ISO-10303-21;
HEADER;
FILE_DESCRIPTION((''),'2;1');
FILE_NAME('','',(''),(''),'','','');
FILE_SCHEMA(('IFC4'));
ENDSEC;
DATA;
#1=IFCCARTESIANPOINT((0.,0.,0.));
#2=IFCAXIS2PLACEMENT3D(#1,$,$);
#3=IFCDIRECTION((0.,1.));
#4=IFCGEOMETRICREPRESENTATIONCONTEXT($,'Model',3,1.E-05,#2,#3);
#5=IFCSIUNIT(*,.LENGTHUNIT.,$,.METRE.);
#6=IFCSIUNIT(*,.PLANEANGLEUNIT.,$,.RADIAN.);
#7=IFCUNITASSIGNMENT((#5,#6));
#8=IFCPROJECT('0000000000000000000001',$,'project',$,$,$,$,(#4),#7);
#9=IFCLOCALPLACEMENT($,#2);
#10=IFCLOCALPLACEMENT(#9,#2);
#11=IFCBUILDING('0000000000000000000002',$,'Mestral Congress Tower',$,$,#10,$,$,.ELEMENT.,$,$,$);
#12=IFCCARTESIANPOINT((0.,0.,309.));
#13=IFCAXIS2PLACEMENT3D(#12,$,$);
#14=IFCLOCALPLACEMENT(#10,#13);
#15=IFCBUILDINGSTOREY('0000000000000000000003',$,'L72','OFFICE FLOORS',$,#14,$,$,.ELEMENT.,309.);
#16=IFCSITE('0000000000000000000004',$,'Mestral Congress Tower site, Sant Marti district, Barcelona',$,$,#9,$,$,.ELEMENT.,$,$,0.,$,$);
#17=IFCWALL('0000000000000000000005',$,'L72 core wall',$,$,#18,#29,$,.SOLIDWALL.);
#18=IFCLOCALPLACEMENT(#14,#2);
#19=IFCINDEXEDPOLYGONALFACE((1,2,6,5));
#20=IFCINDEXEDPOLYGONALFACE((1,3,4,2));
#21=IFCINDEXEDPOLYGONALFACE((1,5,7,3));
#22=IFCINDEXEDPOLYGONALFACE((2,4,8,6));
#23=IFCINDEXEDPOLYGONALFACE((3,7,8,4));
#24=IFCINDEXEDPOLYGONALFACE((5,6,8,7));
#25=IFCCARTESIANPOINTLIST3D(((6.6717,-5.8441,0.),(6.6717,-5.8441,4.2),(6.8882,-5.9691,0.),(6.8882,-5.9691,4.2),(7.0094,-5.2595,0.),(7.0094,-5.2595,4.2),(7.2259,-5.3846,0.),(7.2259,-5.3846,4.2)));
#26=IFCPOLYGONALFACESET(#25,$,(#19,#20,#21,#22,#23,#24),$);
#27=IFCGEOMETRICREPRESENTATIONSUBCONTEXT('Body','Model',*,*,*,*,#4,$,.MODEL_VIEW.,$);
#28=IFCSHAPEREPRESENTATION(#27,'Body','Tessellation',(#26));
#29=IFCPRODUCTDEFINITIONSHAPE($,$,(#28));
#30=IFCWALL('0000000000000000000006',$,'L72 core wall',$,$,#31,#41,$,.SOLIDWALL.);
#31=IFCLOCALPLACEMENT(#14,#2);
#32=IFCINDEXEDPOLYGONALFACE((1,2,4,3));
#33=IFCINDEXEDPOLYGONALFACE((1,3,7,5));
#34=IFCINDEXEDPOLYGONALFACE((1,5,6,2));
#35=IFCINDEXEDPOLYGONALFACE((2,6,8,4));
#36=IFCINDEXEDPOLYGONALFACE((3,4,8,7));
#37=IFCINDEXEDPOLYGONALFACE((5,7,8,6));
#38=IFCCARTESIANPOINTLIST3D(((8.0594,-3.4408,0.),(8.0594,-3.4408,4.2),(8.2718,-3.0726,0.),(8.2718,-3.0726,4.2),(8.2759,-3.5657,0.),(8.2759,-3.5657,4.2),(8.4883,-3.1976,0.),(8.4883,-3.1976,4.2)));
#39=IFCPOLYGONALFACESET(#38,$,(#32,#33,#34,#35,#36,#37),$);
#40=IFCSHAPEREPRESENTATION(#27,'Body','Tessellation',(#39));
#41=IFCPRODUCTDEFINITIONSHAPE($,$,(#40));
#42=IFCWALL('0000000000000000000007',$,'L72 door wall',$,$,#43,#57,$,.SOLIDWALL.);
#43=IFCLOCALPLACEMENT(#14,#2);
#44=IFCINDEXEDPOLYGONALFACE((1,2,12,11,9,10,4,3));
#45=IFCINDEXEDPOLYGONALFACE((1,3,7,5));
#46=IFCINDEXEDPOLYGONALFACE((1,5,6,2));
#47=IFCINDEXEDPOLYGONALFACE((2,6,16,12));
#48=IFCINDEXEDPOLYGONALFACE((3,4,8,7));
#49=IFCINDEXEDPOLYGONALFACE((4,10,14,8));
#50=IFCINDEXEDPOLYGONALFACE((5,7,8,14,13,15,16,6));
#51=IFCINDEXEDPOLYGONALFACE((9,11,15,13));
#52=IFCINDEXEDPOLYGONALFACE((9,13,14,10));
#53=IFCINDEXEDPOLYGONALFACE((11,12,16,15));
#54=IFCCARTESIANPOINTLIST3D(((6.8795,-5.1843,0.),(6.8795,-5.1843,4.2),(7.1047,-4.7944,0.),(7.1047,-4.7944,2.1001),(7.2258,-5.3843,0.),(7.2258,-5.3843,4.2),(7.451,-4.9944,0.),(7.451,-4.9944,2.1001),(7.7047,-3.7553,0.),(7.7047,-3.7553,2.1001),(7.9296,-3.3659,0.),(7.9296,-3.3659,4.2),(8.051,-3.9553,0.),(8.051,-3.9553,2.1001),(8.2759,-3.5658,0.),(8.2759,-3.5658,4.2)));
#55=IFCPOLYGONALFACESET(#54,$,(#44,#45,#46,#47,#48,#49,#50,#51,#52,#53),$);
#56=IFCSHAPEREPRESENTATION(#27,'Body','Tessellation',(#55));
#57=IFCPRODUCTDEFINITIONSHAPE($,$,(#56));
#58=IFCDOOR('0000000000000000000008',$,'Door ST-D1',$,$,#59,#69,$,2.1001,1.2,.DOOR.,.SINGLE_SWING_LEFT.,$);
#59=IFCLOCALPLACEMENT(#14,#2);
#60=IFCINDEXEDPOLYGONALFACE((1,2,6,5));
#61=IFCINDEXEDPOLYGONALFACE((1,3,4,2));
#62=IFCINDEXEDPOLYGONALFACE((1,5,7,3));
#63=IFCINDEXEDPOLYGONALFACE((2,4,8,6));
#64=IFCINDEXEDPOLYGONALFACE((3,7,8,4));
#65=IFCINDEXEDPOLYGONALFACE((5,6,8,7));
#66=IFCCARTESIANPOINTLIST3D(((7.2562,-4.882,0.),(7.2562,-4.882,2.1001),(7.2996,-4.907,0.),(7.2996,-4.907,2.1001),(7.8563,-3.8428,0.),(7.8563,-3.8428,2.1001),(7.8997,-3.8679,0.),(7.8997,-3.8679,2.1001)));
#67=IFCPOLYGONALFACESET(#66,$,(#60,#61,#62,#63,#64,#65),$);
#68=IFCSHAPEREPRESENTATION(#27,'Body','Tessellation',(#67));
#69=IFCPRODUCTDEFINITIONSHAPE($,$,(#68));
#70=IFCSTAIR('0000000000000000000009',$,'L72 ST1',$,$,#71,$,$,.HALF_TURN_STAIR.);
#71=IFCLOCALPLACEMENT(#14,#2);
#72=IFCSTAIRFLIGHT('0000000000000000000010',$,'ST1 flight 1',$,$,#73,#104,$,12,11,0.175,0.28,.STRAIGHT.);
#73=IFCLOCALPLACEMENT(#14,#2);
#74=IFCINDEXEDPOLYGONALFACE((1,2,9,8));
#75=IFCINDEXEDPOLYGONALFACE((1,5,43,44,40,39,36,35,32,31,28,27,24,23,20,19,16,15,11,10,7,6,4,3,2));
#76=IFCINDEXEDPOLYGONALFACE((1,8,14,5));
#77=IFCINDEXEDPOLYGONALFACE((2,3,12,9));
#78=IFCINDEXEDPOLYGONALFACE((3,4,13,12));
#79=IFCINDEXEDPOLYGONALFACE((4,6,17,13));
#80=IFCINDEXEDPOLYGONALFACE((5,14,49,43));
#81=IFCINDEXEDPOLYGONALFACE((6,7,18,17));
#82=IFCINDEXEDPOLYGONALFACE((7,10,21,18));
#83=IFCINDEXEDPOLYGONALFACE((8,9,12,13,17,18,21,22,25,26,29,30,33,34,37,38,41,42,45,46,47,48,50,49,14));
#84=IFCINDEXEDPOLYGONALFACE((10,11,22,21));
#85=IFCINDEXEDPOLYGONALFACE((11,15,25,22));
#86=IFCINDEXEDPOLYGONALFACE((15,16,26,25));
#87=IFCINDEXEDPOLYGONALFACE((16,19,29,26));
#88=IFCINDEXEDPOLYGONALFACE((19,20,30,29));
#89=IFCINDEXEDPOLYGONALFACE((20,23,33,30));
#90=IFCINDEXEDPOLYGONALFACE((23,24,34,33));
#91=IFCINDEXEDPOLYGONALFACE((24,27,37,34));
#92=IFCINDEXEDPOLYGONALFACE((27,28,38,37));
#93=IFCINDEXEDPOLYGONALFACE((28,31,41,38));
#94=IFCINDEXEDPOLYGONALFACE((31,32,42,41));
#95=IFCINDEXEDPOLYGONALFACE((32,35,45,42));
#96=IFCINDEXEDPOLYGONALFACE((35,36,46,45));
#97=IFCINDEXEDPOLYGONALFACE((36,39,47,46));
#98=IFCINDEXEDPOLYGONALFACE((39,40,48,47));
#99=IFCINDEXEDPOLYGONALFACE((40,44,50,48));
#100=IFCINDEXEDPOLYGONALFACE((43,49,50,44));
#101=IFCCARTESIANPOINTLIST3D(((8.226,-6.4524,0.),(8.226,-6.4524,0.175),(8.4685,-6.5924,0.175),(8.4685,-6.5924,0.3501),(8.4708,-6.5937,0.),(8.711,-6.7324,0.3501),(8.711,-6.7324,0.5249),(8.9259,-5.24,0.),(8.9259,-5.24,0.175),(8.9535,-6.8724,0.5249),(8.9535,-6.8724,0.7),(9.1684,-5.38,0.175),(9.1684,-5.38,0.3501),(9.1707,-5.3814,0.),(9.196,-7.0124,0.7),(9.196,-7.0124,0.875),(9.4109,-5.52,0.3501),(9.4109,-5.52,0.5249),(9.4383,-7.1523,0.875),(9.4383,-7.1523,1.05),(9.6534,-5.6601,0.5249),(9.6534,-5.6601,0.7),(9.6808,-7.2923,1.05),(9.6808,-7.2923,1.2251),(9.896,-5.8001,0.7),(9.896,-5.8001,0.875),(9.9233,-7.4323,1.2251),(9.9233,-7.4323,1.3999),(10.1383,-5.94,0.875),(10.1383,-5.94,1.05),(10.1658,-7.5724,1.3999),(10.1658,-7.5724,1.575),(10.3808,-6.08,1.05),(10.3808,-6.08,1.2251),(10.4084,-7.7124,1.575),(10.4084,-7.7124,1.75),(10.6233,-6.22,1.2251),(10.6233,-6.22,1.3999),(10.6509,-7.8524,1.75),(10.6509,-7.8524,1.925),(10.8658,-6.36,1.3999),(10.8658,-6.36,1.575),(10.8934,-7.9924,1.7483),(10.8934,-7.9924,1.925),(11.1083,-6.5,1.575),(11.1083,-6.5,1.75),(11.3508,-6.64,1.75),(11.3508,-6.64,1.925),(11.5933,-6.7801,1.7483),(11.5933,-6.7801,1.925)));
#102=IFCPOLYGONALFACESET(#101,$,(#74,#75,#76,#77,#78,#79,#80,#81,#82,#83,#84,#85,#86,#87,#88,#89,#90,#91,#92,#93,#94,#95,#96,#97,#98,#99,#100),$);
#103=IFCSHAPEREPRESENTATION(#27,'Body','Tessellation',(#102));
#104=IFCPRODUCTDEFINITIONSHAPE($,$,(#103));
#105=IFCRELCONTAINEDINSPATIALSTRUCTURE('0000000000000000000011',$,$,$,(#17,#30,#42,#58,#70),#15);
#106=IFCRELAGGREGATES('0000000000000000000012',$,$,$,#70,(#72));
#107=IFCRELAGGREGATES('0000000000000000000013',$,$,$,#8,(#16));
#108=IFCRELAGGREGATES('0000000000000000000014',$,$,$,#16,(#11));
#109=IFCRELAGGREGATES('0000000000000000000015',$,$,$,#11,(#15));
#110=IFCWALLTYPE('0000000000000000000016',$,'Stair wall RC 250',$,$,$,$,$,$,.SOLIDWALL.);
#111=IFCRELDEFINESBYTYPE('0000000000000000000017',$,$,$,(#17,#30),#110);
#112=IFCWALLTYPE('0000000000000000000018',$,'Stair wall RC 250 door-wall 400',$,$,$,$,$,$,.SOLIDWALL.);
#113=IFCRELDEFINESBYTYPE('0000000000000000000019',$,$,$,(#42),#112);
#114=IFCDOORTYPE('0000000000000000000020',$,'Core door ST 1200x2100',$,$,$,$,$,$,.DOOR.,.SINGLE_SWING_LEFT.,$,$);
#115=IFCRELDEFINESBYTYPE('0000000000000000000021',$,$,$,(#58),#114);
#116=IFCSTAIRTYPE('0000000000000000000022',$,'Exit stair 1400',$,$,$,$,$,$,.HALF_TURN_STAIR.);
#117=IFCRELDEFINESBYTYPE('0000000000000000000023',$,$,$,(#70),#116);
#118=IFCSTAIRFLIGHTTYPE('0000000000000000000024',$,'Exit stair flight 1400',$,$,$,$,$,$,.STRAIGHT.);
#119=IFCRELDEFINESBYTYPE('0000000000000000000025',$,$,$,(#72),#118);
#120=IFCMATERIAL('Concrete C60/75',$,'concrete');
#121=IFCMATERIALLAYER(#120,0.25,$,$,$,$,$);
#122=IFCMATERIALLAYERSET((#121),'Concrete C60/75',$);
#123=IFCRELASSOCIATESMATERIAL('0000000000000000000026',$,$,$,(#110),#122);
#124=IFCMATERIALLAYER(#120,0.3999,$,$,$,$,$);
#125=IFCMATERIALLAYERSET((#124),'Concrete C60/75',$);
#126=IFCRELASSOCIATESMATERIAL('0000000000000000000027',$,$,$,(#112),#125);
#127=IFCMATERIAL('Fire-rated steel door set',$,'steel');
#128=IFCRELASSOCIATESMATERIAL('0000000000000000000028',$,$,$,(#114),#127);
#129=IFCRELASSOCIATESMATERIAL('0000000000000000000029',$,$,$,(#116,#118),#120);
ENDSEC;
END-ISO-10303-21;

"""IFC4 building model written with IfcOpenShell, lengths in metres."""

from ifc_helpers import new_model, si_unit, direction, frame, frame_2d, origin, place, context, subcontext, project, spatial, polyline, rectangle, outline, extrude, material, layer, layer_set, type_object, element, fill, aggregate, save


model = new_model("IFC4")

# Units and contexts
model_context = context("Model", 3, precision=1e-05, world=origin(), true_north=direction((0.0, 1.0)))
body_context = subcontext(model_context, "Body", "Model", "MODEL_VIEW")
ifc_project = project(units=[si_unit("LENGTHUNIT", "METRE"), si_unit("PLANEANGLEUNIT", "RADIAN")], contexts=[model_context])

# Site, building, storey
site_placement = place(None, origin())
site = spatial("IfcSite", under=ifc_project, at=site_placement, Name="Mestral Congress Tower site, Sant Marti district, Barcelona", CompositionType="ELEMENT", RefElevation=0.0)
building_placement = place(site_placement, origin())
building = spatial("IfcBuilding", under=site, at=building_placement, Name="Mestral Congress Tower", CompositionType="ELEMENT")
storey_placement = place(building_placement, frame((0.0, 0.0, 309.0)))
storey = spatial("IfcBuildingStorey", under=building, at=storey_placement, Name="L72", Description="OFFICE FLOORS", CompositionType="ELEMENT", Elevation=309.0)

# Shared definitions
ifc_material_1 = material(Name="Fire-rated steel door set", Category="steel")

# Shared definitions
ifc_material_2 = material(Name="Concrete C60/75", Category="concrete")

# Walls
ifc_layer_1 = layer(ifc_material_2, 0.25)
ifc_layer_set_1 = layer_set([ifc_layer_1], Name="Concrete C60/75")
wall_type_1 = type_object("IfcWallType", Name="Stair wall RC 250", PredefinedType="SOLIDWALL", material=ifc_layer_set_1)
wall_1_placement = place(storey_placement, frame((6.78, -5.9065, 0.0), z_axis=(0.0, 0.0, 1.0), x_axis=(0.500223, 0.865896, 0.0)))
element("IfcWall", 1, at=wall_1_placement, inside=storey, type_object=wall_type_1, Name="L72 core wall", PredefinedType="SOLIDWALL", context=body_context, shape_type="SweptSolid", body=[
    extrude(rectangle(XDim=0.675, YDim=0.25, at=frame_2d((0.3374, 0.0))), origin(), (0.0, 0.0, 1.0), 4.2),
])
wall_2_placement = place(storey_placement, frame((8.1677, -3.5032, 0.0), z_axis=(0.0, 0.0, 1.0), x_axis=(0.499722, 0.866186, 0.0)))
element("IfcWall", 2, at=wall_2_placement, inside=storey, type_object=wall_type_1, Name="L72 core wall", PredefinedType="SOLIDWALL", context=body_context, shape_type="SweptSolid", body=[
    extrude(rectangle(XDim=0.425, YDim=0.25, at=frame_2d((0.2124, 0.0))), origin(), (0.0, 0.0, 1.0), 4.2),
])

# Wall, opening, door
ifc_layer_2 = layer(ifc_material_2, 0.3999)
ifc_layer_set_2 = layer_set([ifc_layer_2], Name="Concrete C60/75")
wall_type_2 = type_object("IfcWallType", Name="Stair wall RC 250 door-wall 400", PredefinedType="SOLIDWALL", material=ifc_layer_set_2)
wall_3_placement = place(storey_placement, frame((7.0527, -5.2842, 0.0), z_axis=(0.0, 0.0, 1.0), x_axis=(0.500078, 0.86598, 0.0)))
wall_3 = element("IfcWall", 3, at=wall_3_placement, inside=storey, type_object=wall_type_2, Name="L72 door wall", PredefinedType="SOLIDWALL", context=body_context, shape_type="SweptSolid", body=[
    extrude(rectangle(XDim=2.0999, YDim=0.3999, at=frame_2d((1.0498, 0.0))), origin(), (0.0, 0.0, 1.0), 4.2),
])
opening_1_placement = place(wall_3_placement, frame((0.45, 0.0, 0.0)))
opening_1 = element("IfcOpeningElement", 4, at=opening_1_placement, cuts=wall_3, PredefinedType="OPENING", context=body_context, shape_type="SweptSolid", body=[
    extrude(rectangle(XDim=1.2, YDim=2.1001, at=frame_2d((0.6001, 1.05))), frame((0.0, 0.21, 0.0), z_axis=(0.0, -1.0, 0.0), x_axis=(1.0, 0.0, 0.0)), (0.0, 0.0, 1.0), 0.4199),
])
door_type_1 = type_object("IfcDoorType", Name="Core door ST 1200x2100", OperationType="SINGLE_SWING_LEFT", PredefinedType="DOOR", material=ifc_material_1)
door_1_placement = place(opening_1_placement, origin())
door_1 = element("IfcDoor", 5, at=door_1_placement, inside=storey, type_object=door_type_1, Name="Door ST-D1", OperationType="SINGLE_SWING_LEFT", OverallHeight=2.1001, OverallWidth=1.2, PredefinedType="DOOR", context=body_context, shape_type="SweptSolid", body=[
    extrude(rectangle(XDim=1.2, YDim=2.1001, at=frame_2d((0.6001, 1.05))), frame((0.0, 0.0249, 0.0), z_axis=(0.0, -1.0, 0.0), x_axis=(1.0, 0.0, 0.0)), (0.0, 0.0, 1.0), 0.05),
])
fill(opening_1, door_1)

# Stair, stair flight
stair_type = type_object("IfcStairType", Name="Exit stair 1400", PredefinedType="HALF_TURN_STAIR", material=ifc_material_2)
stair_placement = place(storey_placement, origin())
stair = element("IfcStair", 6, at=stair_placement, inside=storey, type_object=stair_type, Name="L72 ST1", PredefinedType="HALF_TURN_STAIR")
stair_flight_type = type_object("IfcStairFlightType", Name="Exit stair flight 1400", PredefinedType="STRAIGHT", material=ifc_material_2)
stair_flight_placement = place(storey_placement, frame((8.5759, -5.8462, 0.0), z_axis=(0.0, 0.0, 1.0), x_axis=(0.866025, -0.5, 0.0)))
stair_flight = element("IfcStairFlight", 7, at=stair_flight_placement, type_object=stair_flight_type, Name="ST1 flight 1", NumberOfRisers=12, NumberOfTreads=11, PredefinedType="STRAIGHT", RiserHeight=0.175, TreadLength=0.28, context=body_context, shape_type="SweptSolid", body=[
    extrude(outline(polyline([(0.0, 0.0), (0.0, 0.175), (0.28, 0.175), (0.28, 0.3501), (0.5601, 0.3501), (0.5601, 0.5249), (0.8401, 0.5249), (0.8401, 0.7), (1.1201, 0.7), (1.1201, 0.875), (1.3999, 0.875), (1.3999, 1.05), (1.6799, 1.05), (1.6799, 1.2251), (1.96, 1.2251), (1.96, 1.3999), (2.24, 1.3999), (2.24, 1.575), (2.52, 1.575), (2.52, 1.75), (2.8, 1.75), (2.8, 1.925), (3.0801, 1.925), (3.0801, 2.1001), (3.0801, 1.7483), (0.2827, 0.0), (0.0, 0.0)])), frame((0.0, 0.7, 0.0), z_axis=(0.0, -1.0, 0.0), x_axis=(1.0, 0.0, 0.0)), (0.0, 0.0, 1.0), 1.3999),
])
aggregate(stair, [stair_flight])

save(model, "model.ifc")
